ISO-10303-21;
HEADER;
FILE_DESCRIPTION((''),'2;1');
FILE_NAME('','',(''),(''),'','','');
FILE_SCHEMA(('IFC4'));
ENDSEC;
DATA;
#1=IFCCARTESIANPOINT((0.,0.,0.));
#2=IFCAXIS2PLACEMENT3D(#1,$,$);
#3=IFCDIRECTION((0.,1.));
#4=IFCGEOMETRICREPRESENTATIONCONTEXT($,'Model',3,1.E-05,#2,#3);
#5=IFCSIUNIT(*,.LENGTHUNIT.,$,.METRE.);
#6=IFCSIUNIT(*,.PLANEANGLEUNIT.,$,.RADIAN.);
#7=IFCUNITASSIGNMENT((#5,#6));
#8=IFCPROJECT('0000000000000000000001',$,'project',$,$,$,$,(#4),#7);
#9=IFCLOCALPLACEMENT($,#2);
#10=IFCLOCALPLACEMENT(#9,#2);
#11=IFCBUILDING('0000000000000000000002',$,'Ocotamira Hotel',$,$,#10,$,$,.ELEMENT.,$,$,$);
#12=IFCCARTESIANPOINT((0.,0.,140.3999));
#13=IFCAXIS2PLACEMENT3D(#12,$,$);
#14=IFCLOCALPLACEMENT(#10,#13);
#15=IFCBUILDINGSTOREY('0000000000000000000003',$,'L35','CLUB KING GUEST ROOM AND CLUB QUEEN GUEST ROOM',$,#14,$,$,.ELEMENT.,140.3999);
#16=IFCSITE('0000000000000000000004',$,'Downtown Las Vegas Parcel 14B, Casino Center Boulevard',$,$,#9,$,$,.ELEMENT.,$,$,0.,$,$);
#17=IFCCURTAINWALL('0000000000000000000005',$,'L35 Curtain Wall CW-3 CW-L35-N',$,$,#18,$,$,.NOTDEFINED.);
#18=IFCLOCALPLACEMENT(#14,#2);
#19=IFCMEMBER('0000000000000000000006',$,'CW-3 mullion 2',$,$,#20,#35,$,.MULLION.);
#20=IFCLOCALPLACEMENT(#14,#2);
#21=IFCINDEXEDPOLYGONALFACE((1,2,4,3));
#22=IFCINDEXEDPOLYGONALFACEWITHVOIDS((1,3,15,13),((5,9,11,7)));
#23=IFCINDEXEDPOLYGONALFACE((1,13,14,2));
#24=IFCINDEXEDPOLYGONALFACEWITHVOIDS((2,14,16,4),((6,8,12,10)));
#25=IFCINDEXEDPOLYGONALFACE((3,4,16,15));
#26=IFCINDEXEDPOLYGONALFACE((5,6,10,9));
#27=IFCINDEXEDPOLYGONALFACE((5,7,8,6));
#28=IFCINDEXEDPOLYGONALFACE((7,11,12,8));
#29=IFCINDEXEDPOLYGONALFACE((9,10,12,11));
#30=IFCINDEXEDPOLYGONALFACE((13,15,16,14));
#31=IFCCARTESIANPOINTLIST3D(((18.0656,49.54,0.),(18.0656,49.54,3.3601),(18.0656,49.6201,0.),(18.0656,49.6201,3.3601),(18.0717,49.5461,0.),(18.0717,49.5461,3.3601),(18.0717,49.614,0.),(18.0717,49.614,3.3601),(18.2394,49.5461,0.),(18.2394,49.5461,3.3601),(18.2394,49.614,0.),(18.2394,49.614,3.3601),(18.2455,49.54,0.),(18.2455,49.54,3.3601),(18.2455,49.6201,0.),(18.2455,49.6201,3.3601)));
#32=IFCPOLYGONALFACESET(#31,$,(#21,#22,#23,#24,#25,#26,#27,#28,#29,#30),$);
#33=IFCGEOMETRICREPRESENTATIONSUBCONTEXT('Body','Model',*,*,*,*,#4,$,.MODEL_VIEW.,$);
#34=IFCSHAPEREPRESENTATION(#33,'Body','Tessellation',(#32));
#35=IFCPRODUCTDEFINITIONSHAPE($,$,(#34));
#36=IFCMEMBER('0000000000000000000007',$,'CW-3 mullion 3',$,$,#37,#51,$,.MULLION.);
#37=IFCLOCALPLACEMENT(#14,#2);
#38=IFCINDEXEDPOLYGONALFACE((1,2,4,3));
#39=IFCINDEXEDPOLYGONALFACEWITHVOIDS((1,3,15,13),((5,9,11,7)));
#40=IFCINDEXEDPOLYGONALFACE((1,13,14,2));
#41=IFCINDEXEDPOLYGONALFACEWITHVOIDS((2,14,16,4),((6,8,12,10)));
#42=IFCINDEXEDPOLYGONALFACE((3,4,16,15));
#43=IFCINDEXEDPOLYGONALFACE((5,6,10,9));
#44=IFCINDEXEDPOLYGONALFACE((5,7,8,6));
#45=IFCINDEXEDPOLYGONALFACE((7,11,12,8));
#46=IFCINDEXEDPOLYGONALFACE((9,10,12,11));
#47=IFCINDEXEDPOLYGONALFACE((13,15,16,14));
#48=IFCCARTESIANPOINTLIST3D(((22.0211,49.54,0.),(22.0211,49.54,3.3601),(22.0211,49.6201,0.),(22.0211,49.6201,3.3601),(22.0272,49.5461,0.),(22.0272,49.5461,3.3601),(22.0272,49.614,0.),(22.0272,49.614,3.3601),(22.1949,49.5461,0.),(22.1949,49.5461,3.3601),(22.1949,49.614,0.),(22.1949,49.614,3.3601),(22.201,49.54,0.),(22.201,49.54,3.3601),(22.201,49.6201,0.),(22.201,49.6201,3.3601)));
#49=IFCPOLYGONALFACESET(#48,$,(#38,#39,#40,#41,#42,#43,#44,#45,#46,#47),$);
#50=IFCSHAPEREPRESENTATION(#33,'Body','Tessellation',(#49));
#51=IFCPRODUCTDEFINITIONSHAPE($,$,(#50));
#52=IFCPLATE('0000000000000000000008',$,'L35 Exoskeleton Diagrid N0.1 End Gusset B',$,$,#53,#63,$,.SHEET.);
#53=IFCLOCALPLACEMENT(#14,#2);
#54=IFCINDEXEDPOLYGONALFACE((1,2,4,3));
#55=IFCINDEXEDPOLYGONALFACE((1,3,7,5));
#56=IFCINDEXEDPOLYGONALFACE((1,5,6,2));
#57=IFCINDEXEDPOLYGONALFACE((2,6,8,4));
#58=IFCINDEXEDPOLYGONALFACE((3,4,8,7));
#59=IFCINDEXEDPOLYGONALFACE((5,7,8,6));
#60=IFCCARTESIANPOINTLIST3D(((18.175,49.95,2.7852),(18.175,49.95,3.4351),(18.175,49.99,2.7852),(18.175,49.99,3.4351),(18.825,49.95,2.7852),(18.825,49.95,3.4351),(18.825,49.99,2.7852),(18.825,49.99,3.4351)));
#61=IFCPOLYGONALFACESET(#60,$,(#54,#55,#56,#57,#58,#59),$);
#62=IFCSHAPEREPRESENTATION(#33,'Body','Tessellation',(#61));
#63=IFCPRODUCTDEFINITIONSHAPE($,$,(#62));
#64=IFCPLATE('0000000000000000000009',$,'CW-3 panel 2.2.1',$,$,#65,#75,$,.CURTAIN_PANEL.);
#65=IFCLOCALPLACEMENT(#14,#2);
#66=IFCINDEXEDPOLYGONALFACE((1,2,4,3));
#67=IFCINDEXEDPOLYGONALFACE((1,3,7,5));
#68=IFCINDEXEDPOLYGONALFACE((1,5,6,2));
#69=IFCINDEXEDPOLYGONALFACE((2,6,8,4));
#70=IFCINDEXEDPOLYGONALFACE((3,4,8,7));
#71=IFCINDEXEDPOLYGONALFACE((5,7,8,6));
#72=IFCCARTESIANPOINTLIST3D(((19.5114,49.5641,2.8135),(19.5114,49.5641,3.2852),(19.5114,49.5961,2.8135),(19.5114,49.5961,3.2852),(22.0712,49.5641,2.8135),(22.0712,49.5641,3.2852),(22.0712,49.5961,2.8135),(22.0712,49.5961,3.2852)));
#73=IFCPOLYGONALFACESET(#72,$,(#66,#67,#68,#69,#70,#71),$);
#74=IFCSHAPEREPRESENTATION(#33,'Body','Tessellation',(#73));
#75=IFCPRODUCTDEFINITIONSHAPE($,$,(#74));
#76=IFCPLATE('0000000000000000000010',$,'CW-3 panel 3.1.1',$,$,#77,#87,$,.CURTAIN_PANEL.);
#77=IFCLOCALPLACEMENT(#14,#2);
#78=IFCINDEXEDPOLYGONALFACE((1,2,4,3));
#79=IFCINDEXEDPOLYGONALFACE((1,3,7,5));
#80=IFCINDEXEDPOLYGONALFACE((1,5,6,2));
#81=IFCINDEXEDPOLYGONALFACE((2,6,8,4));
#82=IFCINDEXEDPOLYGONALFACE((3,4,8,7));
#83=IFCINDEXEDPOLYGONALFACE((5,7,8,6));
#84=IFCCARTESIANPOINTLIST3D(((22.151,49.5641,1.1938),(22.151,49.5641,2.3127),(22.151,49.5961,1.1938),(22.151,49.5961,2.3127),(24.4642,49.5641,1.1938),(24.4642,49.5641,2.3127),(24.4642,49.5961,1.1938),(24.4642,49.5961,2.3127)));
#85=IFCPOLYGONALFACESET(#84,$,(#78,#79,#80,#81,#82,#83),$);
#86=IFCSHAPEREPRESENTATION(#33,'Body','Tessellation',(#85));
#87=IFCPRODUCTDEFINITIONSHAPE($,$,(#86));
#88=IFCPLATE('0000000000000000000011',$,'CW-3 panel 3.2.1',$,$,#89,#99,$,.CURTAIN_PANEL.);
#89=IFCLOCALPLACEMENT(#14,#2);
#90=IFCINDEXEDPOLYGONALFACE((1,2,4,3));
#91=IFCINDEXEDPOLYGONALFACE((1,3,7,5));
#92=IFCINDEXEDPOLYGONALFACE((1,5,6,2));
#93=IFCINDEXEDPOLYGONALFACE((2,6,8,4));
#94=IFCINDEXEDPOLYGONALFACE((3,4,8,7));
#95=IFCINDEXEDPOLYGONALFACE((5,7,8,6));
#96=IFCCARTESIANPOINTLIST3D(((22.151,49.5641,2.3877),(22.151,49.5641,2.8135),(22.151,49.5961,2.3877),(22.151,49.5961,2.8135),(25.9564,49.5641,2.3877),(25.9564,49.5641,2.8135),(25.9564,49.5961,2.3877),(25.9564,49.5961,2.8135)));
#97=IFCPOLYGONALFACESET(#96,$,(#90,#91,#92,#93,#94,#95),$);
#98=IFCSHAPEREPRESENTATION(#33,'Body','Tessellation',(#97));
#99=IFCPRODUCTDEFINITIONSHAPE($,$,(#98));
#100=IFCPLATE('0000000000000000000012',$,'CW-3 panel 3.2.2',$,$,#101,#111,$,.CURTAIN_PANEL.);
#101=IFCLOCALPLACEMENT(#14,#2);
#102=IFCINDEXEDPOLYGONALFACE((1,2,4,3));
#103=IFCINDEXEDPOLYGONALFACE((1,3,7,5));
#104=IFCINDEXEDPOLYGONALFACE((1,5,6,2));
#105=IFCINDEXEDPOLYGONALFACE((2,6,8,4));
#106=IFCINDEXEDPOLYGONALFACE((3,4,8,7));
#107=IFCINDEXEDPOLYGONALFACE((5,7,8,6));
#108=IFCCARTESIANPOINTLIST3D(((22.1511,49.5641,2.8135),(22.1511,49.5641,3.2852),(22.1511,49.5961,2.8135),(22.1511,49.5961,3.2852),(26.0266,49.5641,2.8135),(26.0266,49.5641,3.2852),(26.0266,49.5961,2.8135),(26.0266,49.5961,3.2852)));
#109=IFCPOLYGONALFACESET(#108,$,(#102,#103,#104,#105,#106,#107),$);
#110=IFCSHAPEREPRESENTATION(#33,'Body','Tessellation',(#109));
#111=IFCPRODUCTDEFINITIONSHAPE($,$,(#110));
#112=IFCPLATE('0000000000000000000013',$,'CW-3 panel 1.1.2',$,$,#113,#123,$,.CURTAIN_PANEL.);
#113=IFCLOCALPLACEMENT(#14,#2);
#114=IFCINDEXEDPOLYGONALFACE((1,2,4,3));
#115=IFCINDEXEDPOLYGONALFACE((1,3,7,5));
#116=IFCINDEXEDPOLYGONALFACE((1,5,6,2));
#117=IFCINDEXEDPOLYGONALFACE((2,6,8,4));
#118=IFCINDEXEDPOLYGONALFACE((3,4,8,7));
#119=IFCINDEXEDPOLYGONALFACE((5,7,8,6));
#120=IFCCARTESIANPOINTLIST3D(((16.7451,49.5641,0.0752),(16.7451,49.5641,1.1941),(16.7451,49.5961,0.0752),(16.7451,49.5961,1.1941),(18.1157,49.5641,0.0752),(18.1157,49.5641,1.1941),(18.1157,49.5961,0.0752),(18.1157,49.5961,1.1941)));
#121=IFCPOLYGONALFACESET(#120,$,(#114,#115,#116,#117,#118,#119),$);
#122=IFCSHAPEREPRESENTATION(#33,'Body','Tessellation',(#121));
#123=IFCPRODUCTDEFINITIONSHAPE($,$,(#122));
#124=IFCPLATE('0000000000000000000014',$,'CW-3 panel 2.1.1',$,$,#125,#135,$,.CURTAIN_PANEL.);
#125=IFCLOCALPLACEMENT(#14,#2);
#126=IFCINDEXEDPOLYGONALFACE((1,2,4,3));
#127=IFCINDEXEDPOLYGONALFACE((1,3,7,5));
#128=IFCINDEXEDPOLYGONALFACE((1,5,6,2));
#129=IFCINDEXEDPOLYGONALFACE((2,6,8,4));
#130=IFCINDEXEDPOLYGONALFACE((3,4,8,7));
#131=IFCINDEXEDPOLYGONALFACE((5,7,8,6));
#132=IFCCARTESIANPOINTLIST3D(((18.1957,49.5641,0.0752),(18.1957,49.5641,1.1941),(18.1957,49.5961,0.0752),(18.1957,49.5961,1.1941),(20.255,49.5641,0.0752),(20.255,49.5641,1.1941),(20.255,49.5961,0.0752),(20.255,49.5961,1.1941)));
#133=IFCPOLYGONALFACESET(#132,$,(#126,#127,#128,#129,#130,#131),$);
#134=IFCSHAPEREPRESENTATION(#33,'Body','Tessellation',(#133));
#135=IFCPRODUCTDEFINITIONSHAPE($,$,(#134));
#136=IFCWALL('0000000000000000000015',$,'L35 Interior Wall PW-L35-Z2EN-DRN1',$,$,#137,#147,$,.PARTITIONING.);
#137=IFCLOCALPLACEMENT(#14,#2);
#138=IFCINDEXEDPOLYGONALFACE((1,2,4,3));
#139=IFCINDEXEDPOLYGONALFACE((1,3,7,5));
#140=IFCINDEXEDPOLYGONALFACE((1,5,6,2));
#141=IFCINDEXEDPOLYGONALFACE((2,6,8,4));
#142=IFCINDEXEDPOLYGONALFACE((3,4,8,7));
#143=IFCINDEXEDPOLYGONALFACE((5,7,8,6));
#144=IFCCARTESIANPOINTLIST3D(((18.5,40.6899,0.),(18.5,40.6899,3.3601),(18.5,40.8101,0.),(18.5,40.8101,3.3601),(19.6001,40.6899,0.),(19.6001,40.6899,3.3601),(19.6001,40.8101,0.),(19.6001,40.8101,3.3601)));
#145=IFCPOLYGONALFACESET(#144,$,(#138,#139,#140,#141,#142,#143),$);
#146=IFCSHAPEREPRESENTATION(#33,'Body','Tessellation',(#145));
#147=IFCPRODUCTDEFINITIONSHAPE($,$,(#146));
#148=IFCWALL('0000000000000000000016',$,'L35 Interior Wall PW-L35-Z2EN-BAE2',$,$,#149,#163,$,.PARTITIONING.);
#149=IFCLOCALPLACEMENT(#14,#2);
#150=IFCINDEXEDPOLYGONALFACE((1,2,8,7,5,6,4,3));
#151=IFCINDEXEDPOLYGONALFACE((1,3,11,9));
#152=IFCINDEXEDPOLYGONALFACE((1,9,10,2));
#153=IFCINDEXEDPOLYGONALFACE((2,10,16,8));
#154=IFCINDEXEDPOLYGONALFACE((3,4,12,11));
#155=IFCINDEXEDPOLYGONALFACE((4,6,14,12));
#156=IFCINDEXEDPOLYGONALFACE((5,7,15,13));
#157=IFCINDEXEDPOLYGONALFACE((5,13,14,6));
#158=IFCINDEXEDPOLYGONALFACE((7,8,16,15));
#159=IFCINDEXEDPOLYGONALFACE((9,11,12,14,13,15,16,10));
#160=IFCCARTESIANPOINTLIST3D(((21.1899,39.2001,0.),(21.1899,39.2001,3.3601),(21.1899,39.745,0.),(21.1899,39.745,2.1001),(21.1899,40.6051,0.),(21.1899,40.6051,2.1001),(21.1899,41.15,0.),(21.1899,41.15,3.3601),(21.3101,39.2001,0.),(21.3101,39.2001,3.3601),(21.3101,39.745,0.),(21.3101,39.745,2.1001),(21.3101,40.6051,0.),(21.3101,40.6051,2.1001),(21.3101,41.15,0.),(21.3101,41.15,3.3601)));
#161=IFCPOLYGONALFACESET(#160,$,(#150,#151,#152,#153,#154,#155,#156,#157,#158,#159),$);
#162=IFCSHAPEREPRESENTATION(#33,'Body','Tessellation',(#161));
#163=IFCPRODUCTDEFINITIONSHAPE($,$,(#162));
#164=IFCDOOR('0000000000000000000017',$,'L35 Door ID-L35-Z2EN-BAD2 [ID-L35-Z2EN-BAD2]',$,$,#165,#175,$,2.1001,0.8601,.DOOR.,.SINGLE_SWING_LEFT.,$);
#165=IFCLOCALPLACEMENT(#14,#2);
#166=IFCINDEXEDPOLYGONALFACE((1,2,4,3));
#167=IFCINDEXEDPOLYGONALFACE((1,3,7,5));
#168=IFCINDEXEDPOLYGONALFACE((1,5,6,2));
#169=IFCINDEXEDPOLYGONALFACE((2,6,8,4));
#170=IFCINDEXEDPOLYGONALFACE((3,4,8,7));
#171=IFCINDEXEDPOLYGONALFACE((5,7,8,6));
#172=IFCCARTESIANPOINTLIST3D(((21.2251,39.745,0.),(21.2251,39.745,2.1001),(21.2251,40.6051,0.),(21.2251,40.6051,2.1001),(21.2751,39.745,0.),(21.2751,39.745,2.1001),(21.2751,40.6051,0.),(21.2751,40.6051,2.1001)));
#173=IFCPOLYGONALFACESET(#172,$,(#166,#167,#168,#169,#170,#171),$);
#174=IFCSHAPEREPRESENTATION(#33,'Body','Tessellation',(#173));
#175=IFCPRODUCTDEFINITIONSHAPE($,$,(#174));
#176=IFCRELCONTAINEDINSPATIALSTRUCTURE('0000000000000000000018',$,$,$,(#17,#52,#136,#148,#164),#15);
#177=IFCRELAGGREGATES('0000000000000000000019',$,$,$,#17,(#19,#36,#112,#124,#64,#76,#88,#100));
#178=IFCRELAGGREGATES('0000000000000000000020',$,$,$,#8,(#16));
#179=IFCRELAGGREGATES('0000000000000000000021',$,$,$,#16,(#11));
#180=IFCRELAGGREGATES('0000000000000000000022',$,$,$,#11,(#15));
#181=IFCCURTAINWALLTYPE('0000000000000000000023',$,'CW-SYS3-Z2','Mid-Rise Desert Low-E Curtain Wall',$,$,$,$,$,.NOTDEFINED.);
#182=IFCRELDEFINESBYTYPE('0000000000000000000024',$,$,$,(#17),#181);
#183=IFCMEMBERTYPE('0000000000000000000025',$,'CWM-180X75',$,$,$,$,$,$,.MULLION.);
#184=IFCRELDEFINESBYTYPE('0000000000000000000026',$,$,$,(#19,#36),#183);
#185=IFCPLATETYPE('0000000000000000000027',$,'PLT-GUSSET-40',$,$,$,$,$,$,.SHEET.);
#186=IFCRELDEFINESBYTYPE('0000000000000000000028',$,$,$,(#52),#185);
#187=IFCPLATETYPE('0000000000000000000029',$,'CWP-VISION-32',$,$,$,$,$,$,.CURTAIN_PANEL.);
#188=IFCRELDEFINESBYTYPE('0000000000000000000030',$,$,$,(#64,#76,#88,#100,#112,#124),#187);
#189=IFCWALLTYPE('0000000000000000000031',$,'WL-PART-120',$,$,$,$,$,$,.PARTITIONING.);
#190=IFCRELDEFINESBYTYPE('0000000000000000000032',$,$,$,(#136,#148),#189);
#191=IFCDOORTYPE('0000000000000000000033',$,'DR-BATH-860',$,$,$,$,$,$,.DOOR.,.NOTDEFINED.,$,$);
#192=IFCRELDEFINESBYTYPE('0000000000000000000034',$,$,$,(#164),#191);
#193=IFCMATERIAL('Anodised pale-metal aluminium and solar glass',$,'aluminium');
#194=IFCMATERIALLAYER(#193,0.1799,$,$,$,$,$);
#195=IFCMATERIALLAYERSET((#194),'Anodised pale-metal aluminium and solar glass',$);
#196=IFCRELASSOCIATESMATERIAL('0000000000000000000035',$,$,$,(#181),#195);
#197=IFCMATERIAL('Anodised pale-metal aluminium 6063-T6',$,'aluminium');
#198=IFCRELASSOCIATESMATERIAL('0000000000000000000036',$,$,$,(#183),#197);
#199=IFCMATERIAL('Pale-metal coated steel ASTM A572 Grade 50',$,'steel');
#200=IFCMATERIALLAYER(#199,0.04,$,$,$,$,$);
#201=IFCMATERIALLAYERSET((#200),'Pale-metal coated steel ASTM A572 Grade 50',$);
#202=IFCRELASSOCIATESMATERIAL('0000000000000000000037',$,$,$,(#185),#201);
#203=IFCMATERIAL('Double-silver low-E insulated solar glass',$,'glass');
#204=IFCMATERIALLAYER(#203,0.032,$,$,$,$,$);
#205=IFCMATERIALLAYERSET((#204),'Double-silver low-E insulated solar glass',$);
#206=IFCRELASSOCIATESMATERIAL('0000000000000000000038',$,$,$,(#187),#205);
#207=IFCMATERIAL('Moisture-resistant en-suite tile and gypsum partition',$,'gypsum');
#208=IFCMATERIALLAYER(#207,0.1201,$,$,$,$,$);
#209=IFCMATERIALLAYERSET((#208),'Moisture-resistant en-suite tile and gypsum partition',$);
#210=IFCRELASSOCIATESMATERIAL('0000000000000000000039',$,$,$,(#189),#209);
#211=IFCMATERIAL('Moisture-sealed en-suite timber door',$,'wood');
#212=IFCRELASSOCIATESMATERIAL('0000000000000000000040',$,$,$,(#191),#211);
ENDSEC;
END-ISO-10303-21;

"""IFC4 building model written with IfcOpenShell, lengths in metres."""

from ifc_helpers import new_model, si_unit, direction, frame, frame_2d, origin, origin_2d, place, context, subcontext, project, spatial, rectangle, hollow_rectangle, extrude, source, transform, mapped, material, layer, layer_set, material_profile, profile_set, type_object, element, fill, aggregate, save


model = new_model("IFC4")

# Units and contexts
model_context = context("Model", 3, precision=1e-05, world=origin(), true_north=direction((0.0, 1.0)))
body_context = subcontext(model_context, "Body", "Model", "MODEL_VIEW")
ifc_project = project(units=[si_unit("LENGTHUNIT", "METRE"), si_unit("PLANEANGLEUNIT", "RADIAN")], contexts=[model_context])

# Site, building, storey
site_placement = place(None, origin())
site = spatial("IfcSite", under=ifc_project, at=site_placement, Name="Downtown Las Vegas Parcel 14B, Casino Center Boulevard", CompositionType="ELEMENT", RefElevation=0.0)
building_placement = place(site_placement, origin())
building = spatial("IfcBuilding", under=site, at=building_placement, Name="Ocotamira Hotel", CompositionType="ELEMENT")
storey_placement = place(building_placement, frame((0.0, 0.0, 140.3999)))
storey = spatial("IfcBuildingStorey", under=building, at=storey_placement, Name="L35", Description="CLUB KING GUEST ROOM AND CLUB QUEEN GUEST ROOM", CompositionType="ELEMENT", Elevation=140.3999)

# Curtain wall, members
ifc_material_1 = material(Name="Anodised pale-metal aluminium and solar glass", Category="aluminium")
ifc_layer_1 = layer(ifc_material_1, 0.1799)
ifc_layer_set_1 = layer_set([ifc_layer_1], Name="Anodised pale-metal aluminium and solar glass")
curtain_wall_type = type_object("IfcCurtainWallType", Name="CW-SYS3-Z2", Description="Mid-Rise Desert Low-E Curtain Wall", PredefinedType="NOTDEFINED", material=ifc_layer_set_1)
curtain_wall_placement = place(storey_placement, origin())
curtain_wall = element("IfcCurtainWall", 1, at=curtain_wall_placement, inside=storey, type_object=curtain_wall_type, Name="L35 Curtain Wall CW-3 CW-L35-N", PredefinedType="NOTDEFINED")
ifc_material_2 = material(Name="Anodised pale-metal aluminium 6063-T6", Category="aluminium")
ifc_material_profile_1 = material_profile(ifc_material_2, hollow_rectangle(XDim=0.0801, YDim=0.1799, WallThickness=0.0061, at=origin_2d()), Name="HSS180X80X6")
ifc_profile_set_1 = profile_set([ifc_material_profile_1], Name="Anodised pale-metal aluminium 6063-T6")
member_type_1 = type_object("IfcMemberType", Name="CWM-180X75", PredefinedType="MULLION", material=ifc_profile_set_1)
shared_shape_1 = source(origin(), body_context, "Body", "SweptSolid", [
    extrude(hollow_rectangle(XDim=0.0801, YDim=0.1799, WallThickness=0.0061, at=origin_2d()), origin(), (0.0, 0.0, 1.0), 3.3601),
])
member_1_placement = place(storey_placement, frame((18.1555, 49.5801, 0.0), z_axis=(0.0, 0.0, 1.0), x_axis=(0.0, 1.0, 0.0)))
member_1 = element("IfcMember", 2, at=member_1_placement, type_object=member_type_1, Name="CW-3 mullion 2", PredefinedType="MULLION", context=body_context, shape_type="MappedRepresentation", body=[
    mapped(shared_shape_1, transform((0.0, 0.0, 0.0), scale=1.0)),
])
member_2_placement = place(storey_placement, frame((22.1111, 49.5801, 0.0), z_axis=(0.0, 0.0, 1.0), x_axis=(0.0, 1.0, 0.0)))
member_2 = element("IfcMember", 3, at=member_2_placement, type_object=member_type_1, Name="CW-3 mullion 3", PredefinedType="MULLION", context=body_context, shape_type="MappedRepresentation", body=[
    mapped(shared_shape_1, transform((0.0, 0.0, 0.0), scale=1.0)),
])

# Plates
ifc_material_3 = material(Name="Pale-metal coated steel ASTM A572 Grade 50", Category="steel")
ifc_layer_2 = layer(ifc_material_3, 0.04)
ifc_layer_set_2 = layer_set([ifc_layer_2], Name="Pale-metal coated steel ASTM A572 Grade 50")
plate_type_1 = type_object("IfcPlateType", Name="PLT-GUSSET-40", PredefinedType="SHEET", material=ifc_layer_set_2)
shared_shape_2 = source(origin(), body_context, "Body", "SweptSolid", [
    extrude(rectangle(XDim=0.6499, YDim=0.04, at=origin_2d()), origin(), (0.0, 0.0, 1.0), 0.6499),
])
plate_1_placement = place(storey_placement, frame((18.5, 49.97, 2.7852), z_axis=(0.0, 0.0, 1.0), x_axis=(1.0, 0.0, 0.0)))
element("IfcPlate", 4, at=plate_1_placement, inside=storey, type_object=plate_type_1, Name="L35 Exoskeleton Diagrid N0.1 End Gusset B", PredefinedType="SHEET", context=body_context, shape_type="MappedRepresentation", body=[
    mapped(shared_shape_2, transform((0.0, 0.0, 0.0), scale=1.0)),
])
ifc_material_4 = material(Name="Double-silver low-E insulated solar glass", Category="glass")
ifc_layer_3 = layer(ifc_material_4, 0.032)
ifc_layer_set_3 = layer_set([ifc_layer_3], Name="Double-silver low-E insulated solar glass")
plate_type_2 = type_object("IfcPlateType", Name="CWP-VISION-32", PredefinedType="CURTAIN_PANEL", material=ifc_layer_set_3)
shared_shape_3 = source(origin(), body_context, "Body", "SweptSolid", [
    extrude(rectangle(XDim=2.5598, YDim=0.032, at=origin_2d()), origin(), (0.0, 0.0, 1.0), 0.4717),
])
plate_2_placement = place(storey_placement, frame((20.7913, 49.5801, 2.8135), z_axis=(0.0, 0.0, 1.0), x_axis=(1.0, 0.0, 0.0)))
plate_2 = element("IfcPlate", 5, at=plate_2_placement, type_object=plate_type_2, Name="CW-3 panel 2.2.1", PredefinedType="CURTAIN_PANEL", context=body_context, shape_type="MappedRepresentation", body=[
    mapped(shared_shape_3, transform((0.0, 0.0, 0.0), scale=1.0)),
])
shared_shape_4 = source(origin(), body_context, "Body", "SweptSolid", [
    extrude(rectangle(XDim=2.3132, YDim=0.032, at=origin_2d()), origin(), (0.0, 0.0, 1.0), 1.1189),
])
plate_3_placement = place(storey_placement, frame((23.3076, 49.5801, 1.1938), z_axis=(0.0, 0.0, 1.0), x_axis=(1.0, 0.0, 0.0)))
plate_3 = element("IfcPlate", 6, at=plate_3_placement, type_object=plate_type_2, Name="CW-3 panel 3.1.1", PredefinedType="CURTAIN_PANEL", context=body_context, shape_type="MappedRepresentation", body=[
    mapped(shared_shape_4, transform((0.0, 0.0, 0.0), scale=1.0)),
])
shared_shape_5 = source(origin(), body_context, "Body", "SweptSolid", [
    extrude(rectangle(XDim=3.8054, YDim=0.032, at=origin_2d()), origin(), (0.0, 0.0, 1.0), 0.4258),
])
plate_4_placement = place(storey_placement, frame((24.0537, 49.5801, 2.3877), z_axis=(0.0, 0.0, 1.0), x_axis=(1.0, 0.0, 0.0)))
plate_4 = element("IfcPlate", 7, at=plate_4_placement, type_object=plate_type_2, Name="CW-3 panel 3.2.1", PredefinedType="CURTAIN_PANEL", context=body_context, shape_type="MappedRepresentation", body=[
    mapped(shared_shape_5, transform((0.0, 0.0, 0.0), scale=1.0)),
])
shared_shape_6 = source(origin(), body_context, "Body", "SweptSolid", [
    extrude(rectangle(XDim=3.8755, YDim=0.032, at=origin_2d()), origin(), (0.0, 0.0, 1.0), 0.4717),
])
plate_5_placement = place(storey_placement, frame((24.0889, 49.5801, 2.8135), z_axis=(0.0, 0.0, 1.0), x_axis=(1.0, 0.0, 0.0)))
plate_5 = element("IfcPlate", 8, at=plate_5_placement, type_object=plate_type_2, Name="CW-3 panel 3.2.2", PredefinedType="CURTAIN_PANEL", context=body_context, shape_type="MappedRepresentation", body=[
    mapped(shared_shape_6, transform((0.0, 0.0, 0.0), scale=1.0)),
])
shared_shape_7 = source(origin(), body_context, "Body", "SweptSolid", [
    extrude(rectangle(XDim=1.3706, YDim=0.032, at=origin_2d()), origin(), (0.0, 0.0, 1.0), 1.1189),
])
plate_6_placement = place(storey_placement, frame((17.4304, 49.5801, 0.0752), z_axis=(0.0, 0.0, 1.0), x_axis=(1.0, 0.0, 0.0)))
plate_6 = element("IfcPlate", 9, at=plate_6_placement, type_object=plate_type_2, Name="CW-3 panel 1.1.2", PredefinedType="CURTAIN_PANEL", context=body_context, shape_type="MappedRepresentation", body=[
    mapped(shared_shape_7, transform((0.0, 0.0, 0.0), scale=1.0)),
])
shared_shape_8 = source(origin(), body_context, "Body", "SweptSolid", [
    extrude(rectangle(XDim=2.0593, YDim=0.032, at=origin_2d()), origin(), (0.0, 0.0, 1.0), 1.1189),
])
plate_7_placement = place(storey_placement, frame((19.2253, 49.5801, 0.0752), z_axis=(0.0, 0.0, 1.0), x_axis=(1.0, 0.0, 0.0)))
plate_7 = element("IfcPlate", 10, at=plate_7_placement, type_object=plate_type_2, Name="CW-3 panel 2.1.1", PredefinedType="CURTAIN_PANEL", context=body_context, shape_type="MappedRepresentation", body=[
    mapped(shared_shape_8, transform((0.0, 0.0, 0.0), scale=1.0)),
])
aggregate(curtain_wall, [member_1, member_2, plate_6, plate_7, plate_2, plate_3, plate_4, plate_5])

# Wall
ifc_material_5 = material(Name="Moisture-resistant en-suite tile and gypsum partition", Category="gypsum")
ifc_layer_4 = layer(ifc_material_5, 0.1201)
ifc_layer_set_4 = layer_set([ifc_layer_4], Name="Moisture-resistant en-suite tile and gypsum partition")
wall_type_1 = type_object("IfcWallType", Name="WL-PART-120", PredefinedType="PARTITIONING", material=ifc_layer_set_4)
wall_1_placement = place(storey_placement, frame((18.5, 40.75, 0.0), z_axis=(0.0, 0.0, 1.0), x_axis=(1.0, 0.0, 0.0)))
element("IfcWall", 11, at=wall_1_placement, inside=storey, type_object=wall_type_1, Name="L35 Interior Wall PW-L35-Z2EN-DRN1", PredefinedType="PARTITIONING", context=body_context, shape_type="SweptSolid", body=[
    extrude(rectangle(XDim=1.1001, YDim=0.1201, at=frame_2d((0.55, 0.0))), origin(), (0.0, 0.0, 1.0), 3.3601),
])

# Wall, opening, door
wall_2_placement = place(storey_placement, frame((21.25, 39.2, 0.0), z_axis=(0.0, 0.0, 1.0), x_axis=(0.0, 1.0, 0.0)))
wall_2 = element("IfcWall", 12, at=wall_2_placement, inside=storey, type_object=wall_type_1, Name="L35 Interior Wall PW-L35-Z2EN-BAE2", PredefinedType="PARTITIONING", context=body_context, shape_type="SweptSolid", body=[
    extrude(rectangle(XDim=1.95, YDim=0.1201, at=frame_2d((0.9751, 0.0))), origin(), (0.0, 0.0, 1.0), 3.3601),
])
opening_placement = place(wall_2_placement, frame((0.5449, 0.0, 0.0)))
opening = element("IfcOpeningElement", 13, at=opening_placement, cuts=wall_2, PredefinedType="OPENING", context=body_context, shape_type="SweptSolid", body=[
    extrude(rectangle(XDim=0.8601, YDim=2.1001, at=frame_2d((0.4302, 1.05))), frame((0.0, 0.0701, 0.0), z_axis=(0.0, -1.0, 0.0), x_axis=(1.0, 0.0, 0.0)), (0.0, 0.0, 1.0), 0.1401),
])
ifc_material_6 = material(Name="Moisture-sealed en-suite timber door", Category="wood")
door_type = type_object("IfcDoorType", Name="DR-BATH-860", OperationType="NOTDEFINED", PredefinedType="DOOR", material=ifc_material_6)
shared_shape_9 = source(origin(), body_context, "Body", "SweptSolid", [
    extrude(rectangle(XDim=0.8601, YDim=2.1001, at=frame_2d((0.4302, 1.05))), frame((0.0, 0.0249, 0.0), z_axis=(0.0, -1.0, 0.0), x_axis=(1.0, 0.0, 0.0)), (0.0, 0.0, 1.0), 0.05),
])
door_placement = place(opening_placement, origin())
door = element("IfcDoor", 14, at=door_placement, inside=storey, type_object=door_type, Name="L35 Door ID-L35-Z2EN-BAD2 [ID-L35-Z2EN-BAD2]", OperationType="SINGLE_SWING_LEFT", OverallHeight=2.1001, OverallWidth=0.8601, PredefinedType="DOOR", context=body_context, shape_type="MappedRepresentation", body=[
    mapped(shared_shape_9, transform((0.0, 0.0, 0.0), scale=1.0)),
])
fill(opening, door)

save(model, "model.ifc")
